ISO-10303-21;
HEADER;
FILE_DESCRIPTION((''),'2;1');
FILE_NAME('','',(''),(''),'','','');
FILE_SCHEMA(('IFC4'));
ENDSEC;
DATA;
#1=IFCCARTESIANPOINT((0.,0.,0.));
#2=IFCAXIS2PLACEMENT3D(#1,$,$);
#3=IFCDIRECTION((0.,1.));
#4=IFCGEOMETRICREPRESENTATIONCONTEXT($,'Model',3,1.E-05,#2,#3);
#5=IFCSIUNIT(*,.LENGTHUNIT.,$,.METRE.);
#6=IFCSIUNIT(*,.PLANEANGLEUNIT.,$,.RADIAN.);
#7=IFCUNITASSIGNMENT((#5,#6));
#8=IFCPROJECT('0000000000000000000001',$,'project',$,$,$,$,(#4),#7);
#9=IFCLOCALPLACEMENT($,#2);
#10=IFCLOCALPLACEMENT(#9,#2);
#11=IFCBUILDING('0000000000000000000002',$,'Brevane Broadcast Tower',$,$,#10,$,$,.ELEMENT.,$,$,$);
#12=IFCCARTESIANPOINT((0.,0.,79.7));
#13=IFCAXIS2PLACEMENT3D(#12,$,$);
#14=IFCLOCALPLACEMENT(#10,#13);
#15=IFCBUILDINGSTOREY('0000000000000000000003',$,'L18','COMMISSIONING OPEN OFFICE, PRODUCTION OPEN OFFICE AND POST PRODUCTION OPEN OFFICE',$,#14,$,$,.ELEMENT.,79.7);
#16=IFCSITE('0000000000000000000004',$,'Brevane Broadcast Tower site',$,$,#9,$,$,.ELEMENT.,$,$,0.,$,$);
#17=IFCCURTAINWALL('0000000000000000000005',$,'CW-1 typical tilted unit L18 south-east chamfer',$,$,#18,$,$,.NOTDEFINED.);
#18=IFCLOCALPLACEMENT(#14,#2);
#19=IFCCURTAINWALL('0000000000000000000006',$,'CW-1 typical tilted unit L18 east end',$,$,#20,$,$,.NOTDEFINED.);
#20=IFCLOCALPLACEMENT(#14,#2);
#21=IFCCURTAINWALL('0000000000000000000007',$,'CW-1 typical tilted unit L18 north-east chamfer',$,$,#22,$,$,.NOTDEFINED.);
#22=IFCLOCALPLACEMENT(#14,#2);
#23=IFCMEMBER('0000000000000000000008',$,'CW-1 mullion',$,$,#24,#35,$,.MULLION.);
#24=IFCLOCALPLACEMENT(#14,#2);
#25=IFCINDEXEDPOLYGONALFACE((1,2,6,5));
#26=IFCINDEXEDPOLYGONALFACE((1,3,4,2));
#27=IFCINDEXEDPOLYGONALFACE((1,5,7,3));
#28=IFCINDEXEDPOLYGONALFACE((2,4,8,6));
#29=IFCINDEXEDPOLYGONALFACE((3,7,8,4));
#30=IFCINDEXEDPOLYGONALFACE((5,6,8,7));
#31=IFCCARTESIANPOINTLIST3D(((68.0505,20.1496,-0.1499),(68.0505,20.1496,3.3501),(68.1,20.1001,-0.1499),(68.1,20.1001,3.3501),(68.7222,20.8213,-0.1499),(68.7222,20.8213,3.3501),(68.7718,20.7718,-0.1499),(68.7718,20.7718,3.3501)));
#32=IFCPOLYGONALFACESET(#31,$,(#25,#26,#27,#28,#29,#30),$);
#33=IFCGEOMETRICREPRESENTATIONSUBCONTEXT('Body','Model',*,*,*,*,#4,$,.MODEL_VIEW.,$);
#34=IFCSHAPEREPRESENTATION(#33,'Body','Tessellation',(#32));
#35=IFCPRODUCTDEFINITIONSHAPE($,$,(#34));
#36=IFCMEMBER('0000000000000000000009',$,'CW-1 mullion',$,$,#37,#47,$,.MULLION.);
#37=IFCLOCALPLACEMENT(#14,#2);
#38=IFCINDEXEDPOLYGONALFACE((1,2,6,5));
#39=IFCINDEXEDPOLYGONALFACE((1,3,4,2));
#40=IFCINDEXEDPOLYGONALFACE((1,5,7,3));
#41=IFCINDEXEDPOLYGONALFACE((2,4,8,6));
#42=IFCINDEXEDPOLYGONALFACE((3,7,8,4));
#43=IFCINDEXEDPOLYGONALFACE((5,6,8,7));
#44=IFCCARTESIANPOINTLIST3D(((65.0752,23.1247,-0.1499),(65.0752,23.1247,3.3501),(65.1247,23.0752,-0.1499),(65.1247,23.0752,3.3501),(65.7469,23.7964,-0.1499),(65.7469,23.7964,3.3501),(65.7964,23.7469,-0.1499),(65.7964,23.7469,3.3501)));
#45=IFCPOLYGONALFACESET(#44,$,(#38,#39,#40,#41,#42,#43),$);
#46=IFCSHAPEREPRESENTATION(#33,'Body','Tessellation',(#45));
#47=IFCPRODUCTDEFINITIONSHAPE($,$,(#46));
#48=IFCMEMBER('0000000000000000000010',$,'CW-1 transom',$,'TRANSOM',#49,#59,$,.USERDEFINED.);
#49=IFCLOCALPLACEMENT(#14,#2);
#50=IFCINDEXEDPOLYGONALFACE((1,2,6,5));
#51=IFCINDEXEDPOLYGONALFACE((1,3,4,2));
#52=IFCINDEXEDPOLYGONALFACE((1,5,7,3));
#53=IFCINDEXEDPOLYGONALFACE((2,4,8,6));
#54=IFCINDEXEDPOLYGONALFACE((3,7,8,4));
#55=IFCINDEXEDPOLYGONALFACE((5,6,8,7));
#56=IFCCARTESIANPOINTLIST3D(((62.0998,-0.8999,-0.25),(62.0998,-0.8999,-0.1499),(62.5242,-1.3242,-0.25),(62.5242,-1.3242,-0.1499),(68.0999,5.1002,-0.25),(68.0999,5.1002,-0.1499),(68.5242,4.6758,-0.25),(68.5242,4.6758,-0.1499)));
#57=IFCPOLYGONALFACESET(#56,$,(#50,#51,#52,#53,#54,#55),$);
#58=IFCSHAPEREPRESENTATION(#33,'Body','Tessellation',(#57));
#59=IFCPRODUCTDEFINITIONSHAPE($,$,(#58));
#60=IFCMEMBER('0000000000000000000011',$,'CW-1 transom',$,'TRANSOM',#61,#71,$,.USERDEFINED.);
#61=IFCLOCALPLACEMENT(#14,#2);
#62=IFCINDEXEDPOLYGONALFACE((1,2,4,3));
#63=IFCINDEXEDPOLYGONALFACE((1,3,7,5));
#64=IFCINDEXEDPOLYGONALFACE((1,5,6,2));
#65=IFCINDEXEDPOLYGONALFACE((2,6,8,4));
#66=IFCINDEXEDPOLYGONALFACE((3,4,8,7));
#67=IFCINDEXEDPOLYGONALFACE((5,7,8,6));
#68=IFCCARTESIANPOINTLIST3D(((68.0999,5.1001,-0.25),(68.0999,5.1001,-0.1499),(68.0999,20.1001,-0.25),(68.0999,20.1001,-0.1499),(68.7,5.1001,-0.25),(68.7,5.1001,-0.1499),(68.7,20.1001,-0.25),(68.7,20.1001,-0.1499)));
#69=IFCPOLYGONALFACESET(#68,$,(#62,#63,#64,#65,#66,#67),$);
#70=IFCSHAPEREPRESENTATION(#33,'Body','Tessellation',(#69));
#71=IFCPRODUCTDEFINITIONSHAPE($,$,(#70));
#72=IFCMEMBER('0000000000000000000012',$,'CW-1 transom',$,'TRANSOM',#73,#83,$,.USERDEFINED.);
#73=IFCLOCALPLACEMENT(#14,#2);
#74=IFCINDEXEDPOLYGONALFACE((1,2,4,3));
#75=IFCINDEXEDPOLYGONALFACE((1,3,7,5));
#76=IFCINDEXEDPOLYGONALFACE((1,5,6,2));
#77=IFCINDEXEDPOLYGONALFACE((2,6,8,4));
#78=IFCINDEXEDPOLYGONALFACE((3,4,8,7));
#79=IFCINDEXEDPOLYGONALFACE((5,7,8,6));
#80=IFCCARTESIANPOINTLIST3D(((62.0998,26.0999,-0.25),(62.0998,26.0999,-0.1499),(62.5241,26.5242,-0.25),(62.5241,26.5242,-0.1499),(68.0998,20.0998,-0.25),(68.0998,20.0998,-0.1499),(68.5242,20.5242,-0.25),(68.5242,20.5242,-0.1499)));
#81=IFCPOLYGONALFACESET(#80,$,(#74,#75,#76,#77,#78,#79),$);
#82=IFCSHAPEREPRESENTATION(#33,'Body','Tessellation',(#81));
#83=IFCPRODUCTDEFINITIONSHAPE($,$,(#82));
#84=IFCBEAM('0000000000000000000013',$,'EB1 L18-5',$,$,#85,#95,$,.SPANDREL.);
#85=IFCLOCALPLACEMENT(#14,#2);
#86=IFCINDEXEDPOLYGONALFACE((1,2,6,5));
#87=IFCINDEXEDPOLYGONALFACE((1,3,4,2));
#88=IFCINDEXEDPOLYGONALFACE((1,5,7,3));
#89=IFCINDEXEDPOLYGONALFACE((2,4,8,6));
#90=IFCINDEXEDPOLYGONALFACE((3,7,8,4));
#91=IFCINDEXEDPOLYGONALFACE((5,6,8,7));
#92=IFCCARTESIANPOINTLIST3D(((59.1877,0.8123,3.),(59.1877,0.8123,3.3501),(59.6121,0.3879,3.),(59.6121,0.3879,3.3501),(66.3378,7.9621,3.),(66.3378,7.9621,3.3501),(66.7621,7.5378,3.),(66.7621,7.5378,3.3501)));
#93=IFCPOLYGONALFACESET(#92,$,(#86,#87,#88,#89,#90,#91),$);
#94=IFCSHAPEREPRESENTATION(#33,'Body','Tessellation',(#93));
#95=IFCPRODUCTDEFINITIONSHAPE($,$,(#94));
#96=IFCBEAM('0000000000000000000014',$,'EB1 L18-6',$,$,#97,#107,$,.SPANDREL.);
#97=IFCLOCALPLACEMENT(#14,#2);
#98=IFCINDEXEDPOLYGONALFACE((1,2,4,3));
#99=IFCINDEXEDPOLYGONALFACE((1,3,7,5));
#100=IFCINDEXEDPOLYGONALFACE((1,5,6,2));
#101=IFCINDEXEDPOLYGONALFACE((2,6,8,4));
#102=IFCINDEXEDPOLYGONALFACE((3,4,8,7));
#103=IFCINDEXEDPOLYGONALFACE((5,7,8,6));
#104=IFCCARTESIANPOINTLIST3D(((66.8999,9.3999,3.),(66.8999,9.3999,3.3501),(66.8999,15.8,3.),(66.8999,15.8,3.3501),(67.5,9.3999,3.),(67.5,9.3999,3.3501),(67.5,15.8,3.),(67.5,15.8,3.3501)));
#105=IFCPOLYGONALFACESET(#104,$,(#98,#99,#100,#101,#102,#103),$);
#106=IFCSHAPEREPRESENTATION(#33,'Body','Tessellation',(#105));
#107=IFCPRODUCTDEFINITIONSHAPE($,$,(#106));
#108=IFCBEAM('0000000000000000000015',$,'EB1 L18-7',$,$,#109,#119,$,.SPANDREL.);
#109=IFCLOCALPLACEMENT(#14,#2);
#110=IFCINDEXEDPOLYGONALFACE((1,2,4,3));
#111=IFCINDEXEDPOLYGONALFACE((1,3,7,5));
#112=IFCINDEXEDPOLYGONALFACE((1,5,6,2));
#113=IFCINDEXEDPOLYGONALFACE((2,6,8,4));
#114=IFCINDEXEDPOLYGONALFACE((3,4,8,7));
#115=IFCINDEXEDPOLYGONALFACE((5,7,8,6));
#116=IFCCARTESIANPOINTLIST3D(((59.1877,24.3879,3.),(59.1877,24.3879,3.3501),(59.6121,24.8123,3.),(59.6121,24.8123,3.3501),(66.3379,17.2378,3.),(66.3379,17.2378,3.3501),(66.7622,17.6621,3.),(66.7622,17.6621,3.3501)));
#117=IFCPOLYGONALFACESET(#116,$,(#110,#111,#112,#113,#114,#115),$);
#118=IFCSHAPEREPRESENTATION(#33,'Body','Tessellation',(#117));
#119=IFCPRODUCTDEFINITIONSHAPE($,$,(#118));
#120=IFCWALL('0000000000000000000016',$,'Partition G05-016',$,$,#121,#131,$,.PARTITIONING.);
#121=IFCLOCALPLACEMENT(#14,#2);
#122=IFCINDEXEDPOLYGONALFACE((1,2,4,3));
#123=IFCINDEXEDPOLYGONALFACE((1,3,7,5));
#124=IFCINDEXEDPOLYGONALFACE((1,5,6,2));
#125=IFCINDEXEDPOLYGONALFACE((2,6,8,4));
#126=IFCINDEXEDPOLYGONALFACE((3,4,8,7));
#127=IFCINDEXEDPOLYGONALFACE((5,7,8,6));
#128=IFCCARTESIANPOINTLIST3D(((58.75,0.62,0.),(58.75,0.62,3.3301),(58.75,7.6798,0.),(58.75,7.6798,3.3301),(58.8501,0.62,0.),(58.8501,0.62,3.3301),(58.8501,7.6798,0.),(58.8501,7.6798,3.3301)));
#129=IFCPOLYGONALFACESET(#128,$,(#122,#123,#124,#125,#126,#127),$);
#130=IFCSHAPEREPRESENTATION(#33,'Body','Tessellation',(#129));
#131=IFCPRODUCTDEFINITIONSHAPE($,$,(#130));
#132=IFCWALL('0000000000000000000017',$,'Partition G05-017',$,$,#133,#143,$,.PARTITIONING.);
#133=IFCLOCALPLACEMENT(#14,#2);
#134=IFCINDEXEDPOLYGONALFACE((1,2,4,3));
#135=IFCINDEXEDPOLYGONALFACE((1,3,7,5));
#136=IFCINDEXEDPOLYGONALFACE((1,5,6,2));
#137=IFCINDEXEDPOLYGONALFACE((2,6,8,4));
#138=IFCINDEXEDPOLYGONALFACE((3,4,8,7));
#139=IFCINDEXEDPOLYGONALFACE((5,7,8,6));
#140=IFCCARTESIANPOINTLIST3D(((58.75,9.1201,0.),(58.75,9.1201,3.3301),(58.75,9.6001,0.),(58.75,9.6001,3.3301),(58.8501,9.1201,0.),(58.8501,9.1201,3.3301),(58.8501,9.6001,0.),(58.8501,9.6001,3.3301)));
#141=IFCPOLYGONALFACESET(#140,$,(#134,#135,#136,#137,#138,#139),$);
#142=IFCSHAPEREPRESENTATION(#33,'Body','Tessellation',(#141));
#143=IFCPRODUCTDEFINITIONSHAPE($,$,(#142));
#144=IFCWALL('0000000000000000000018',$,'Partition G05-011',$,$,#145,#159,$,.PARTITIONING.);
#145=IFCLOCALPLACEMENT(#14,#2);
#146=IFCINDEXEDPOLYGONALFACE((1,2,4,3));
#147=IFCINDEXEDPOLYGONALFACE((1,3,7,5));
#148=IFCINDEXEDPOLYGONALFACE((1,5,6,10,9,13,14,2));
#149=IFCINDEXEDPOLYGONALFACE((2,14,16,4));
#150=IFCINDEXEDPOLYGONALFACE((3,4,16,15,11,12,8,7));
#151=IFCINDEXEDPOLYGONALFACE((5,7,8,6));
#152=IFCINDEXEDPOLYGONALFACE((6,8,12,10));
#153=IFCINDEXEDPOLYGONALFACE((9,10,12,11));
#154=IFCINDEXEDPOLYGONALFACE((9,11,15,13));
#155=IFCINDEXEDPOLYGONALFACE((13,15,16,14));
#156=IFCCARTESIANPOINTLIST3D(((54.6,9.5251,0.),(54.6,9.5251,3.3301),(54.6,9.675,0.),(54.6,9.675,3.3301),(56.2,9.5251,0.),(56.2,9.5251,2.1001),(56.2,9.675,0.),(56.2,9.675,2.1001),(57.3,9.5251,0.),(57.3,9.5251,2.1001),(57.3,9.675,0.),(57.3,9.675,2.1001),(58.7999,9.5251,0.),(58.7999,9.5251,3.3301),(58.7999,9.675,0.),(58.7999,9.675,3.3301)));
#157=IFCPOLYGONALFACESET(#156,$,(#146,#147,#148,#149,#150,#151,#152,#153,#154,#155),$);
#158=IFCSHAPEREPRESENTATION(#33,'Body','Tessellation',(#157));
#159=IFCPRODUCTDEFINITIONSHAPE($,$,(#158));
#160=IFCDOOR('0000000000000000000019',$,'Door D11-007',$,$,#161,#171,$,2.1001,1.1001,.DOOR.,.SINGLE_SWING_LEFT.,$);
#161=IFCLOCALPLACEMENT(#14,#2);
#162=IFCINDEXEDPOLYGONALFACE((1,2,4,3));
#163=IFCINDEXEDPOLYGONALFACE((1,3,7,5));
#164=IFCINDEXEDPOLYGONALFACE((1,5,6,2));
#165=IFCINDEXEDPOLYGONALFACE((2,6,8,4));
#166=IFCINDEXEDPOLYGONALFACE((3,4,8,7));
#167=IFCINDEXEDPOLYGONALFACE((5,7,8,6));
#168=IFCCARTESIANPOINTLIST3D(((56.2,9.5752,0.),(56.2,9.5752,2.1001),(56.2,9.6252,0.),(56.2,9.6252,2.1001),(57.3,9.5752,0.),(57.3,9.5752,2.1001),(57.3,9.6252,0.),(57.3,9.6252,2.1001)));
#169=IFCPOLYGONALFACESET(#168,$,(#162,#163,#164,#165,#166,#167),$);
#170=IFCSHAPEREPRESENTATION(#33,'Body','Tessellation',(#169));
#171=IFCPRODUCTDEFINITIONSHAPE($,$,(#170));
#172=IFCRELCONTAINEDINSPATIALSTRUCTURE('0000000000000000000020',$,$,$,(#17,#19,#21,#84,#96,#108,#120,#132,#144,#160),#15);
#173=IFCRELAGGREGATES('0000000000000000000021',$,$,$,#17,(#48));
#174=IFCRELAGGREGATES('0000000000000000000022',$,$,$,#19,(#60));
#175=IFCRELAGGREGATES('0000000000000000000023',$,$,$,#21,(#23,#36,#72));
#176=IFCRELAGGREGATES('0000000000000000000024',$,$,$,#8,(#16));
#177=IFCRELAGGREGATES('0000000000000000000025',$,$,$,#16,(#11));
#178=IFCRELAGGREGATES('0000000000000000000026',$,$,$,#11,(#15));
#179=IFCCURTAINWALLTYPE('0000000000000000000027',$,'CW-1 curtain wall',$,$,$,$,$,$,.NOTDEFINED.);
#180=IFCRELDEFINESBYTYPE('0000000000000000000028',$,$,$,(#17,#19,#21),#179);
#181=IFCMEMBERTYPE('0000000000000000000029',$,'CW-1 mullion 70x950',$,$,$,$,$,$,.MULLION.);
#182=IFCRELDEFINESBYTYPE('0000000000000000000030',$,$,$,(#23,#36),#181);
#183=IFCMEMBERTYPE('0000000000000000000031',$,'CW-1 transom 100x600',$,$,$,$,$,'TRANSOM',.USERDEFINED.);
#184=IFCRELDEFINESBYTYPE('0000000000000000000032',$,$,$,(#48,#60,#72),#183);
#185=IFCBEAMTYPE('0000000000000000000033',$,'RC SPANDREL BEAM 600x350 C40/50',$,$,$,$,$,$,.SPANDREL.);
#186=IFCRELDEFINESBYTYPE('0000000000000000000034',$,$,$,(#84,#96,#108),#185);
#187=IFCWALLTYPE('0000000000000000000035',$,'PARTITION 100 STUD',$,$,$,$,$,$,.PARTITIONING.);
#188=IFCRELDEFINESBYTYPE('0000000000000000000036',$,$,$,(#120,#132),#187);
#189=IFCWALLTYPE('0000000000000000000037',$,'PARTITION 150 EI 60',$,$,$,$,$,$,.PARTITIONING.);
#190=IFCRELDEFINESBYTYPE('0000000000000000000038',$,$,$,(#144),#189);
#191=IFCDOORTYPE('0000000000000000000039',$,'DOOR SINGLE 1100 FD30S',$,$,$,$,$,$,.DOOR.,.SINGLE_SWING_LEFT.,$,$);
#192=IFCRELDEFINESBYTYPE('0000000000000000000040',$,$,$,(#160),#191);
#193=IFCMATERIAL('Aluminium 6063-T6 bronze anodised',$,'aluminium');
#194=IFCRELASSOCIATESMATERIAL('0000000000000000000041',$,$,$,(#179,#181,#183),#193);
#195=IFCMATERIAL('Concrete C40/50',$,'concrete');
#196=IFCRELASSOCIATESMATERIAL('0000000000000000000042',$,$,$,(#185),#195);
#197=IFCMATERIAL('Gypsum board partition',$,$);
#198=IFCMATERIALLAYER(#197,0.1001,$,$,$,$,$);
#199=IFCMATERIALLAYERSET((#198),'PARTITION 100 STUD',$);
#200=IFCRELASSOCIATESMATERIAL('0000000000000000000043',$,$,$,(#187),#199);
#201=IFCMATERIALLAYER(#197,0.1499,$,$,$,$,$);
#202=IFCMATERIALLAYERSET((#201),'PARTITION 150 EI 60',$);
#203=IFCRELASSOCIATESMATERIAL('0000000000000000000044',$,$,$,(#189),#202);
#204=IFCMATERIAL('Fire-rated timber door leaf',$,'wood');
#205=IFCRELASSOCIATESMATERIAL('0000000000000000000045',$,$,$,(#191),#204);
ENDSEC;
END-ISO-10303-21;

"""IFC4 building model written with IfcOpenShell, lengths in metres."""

from ifc_helpers import new_model, si_unit, direction, frame, frame_2d, origin, origin_2d, place, context, subcontext, project, spatial, rectangle, extrude, material, layer, layer_set, material_profile, profile_set, type_object, element, fill, aggregate, save


model = new_model("IFC4")

# Units and contexts
model_context = context("Model", 3, precision=1e-05, world=origin(), true_north=direction((0.0, 1.0)))
body_context = subcontext(model_context, "Body", "Model", "MODEL_VIEW")
ifc_project = project(units=[si_unit("LENGTHUNIT", "METRE"), si_unit("PLANEANGLEUNIT", "RADIAN")], contexts=[model_context])

# Site, building, storey
site_placement = place(None, origin())
site = spatial("IfcSite", under=ifc_project, at=site_placement, Name="Brevane Broadcast Tower site", CompositionType="ELEMENT", RefElevation=0.0)
building_placement = place(site_placement, origin())
building = spatial("IfcBuilding", under=site, at=building_placement, Name="Brevane Broadcast Tower", CompositionType="ELEMENT")
storey_placement = place(building_placement, frame((0.0, 0.0, 79.7)))
storey = spatial("IfcBuildingStorey", under=building, at=storey_placement, Name="L18", Description="COMMISSIONING OPEN OFFICE, PRODUCTION OPEN OFFICE AND POST PRODUCTION OPEN OFFICE", CompositionType="ELEMENT", Elevation=79.7)

# Curtain walls, members
ifc_material_1 = material(Name="Aluminium 6063-T6 bronze anodised", Category="aluminium")
curtain_wall_type = type_object("IfcCurtainWallType", Name="CW-1 curtain wall", PredefinedType="NOTDEFINED", material=ifc_material_1)
ifc_material_profile_1 = material_profile(ifc_material_1, rectangle(XDim=0.95, YDim=0.0701, at=origin_2d()), Name="RECT 70x950")
ifc_profile_set_1 = profile_set([ifc_material_profile_1], Name="Aluminium 6063-T6 bronze anodised")
member_type_1 = type_object("IfcMemberType", Name="CW-1 mullion 70x950", PredefinedType="MULLION", material=ifc_profile_set_1)
curtain_wall_1_placement = place(storey_placement, origin())
curtain_wall_1 = element("IfcCurtainWall", 1, at=curtain_wall_1_placement, inside=storey, type_object=curtain_wall_type, Name="CW-1 typical tilted unit L18 south-east chamfer", PredefinedType="NOTDEFINED")
curtain_wall_2_placement = place(storey_placement, origin())
curtain_wall_2 = element("IfcCurtainWall", 2, at=curtain_wall_2_placement, inside=storey, type_object=curtain_wall_type, Name="CW-1 typical tilted unit L18 east end", PredefinedType="NOTDEFINED")
curtain_wall_3_placement = place(storey_placement, origin())
curtain_wall_3 = element("IfcCurtainWall", 3, at=curtain_wall_3_placement, inside=storey, type_object=curtain_wall_type, Name="CW-1 typical tilted unit L18 north-east chamfer", PredefinedType="NOTDEFINED")
member_1_placement = place(storey_placement, frame((68.4111, 20.4607, -0.1499), z_axis=(0.0, 0.0, 1.0), x_axis=(-0.707107, -0.707107, 0.0)))
member_1 = element("IfcMember", 4, at=member_1_placement, type_object=member_type_1, Name="CW-1 mullion", PredefinedType="MULLION", context=body_context, shape_type="SweptSolid", body=[
    extrude(rectangle(XDim=0.95, YDim=0.0701, at=origin_2d()), origin(), (0.0, 0.0, 1.0), 3.5),
])
member_2_placement = place(storey_placement, frame((65.4358, 23.4358, -0.1499), z_axis=(0.0, 0.0, 1.0), x_axis=(-0.707107, -0.707107, 0.0)))
member_2 = element("IfcMember", 5, at=member_2_placement, type_object=member_type_1, Name="CW-1 mullion", PredefinedType="MULLION", context=body_context, shape_type="SweptSolid", body=[
    extrude(rectangle(XDim=0.95, YDim=0.0701, at=origin_2d()), origin(), (0.0, 0.0, 1.0), 3.5),
])

# Members
ifc_material_profile_2 = material_profile(ifc_material_1, rectangle(XDim=0.6001, YDim=0.1001, at=origin_2d()), Name="RECT 100x600")
ifc_profile_set_2 = profile_set([ifc_material_profile_2], Name="Aluminium 6063-T6 bronze anodised")
member_type_2 = type_object("IfcMemberType", Name="CW-1 transom 100x600", ElementType="TRANSOM", PredefinedType="USERDEFINED", material=ifc_profile_set_2)
member_3_placement = place(storey_placement, frame((62.312, -1.1121, -0.2), z_axis=(0.707107, 0.707107, 0.0), x_axis=(-0.707107, 0.707107, 0.0)))
member_3 = element("IfcMember", 6, at=member_3_placement, type_object=member_type_2, Name="CW-1 transom", ObjectType="TRANSOM", PredefinedType="USERDEFINED", context=body_context, shape_type="SweptSolid", body=[
    extrude(rectangle(XDim=0.6001, YDim=0.1001, at=origin_2d()), origin(), (0.0, 0.0, 1.0), 8.4854),
])
aggregate(curtain_wall_1, [member_3])
member_4_placement = place(storey_placement, frame((68.3999, 5.1001, -0.2), z_axis=(0.0, 1.0, 0.0), x_axis=(-1.0, 0.0, 0.0)))
member_4 = element("IfcMember", 7, at=member_4_placement, type_object=member_type_2, Name="CW-1 transom", ObjectType="TRANSOM", PredefinedType="USERDEFINED", context=body_context, shape_type="SweptSolid", body=[
    extrude(rectangle(XDim=0.6001, YDim=0.1001, at=origin_2d()), origin(), (0.0, 0.0, 1.0), 15.0),
])
aggregate(curtain_wall_2, [member_4])
member_5_placement = place(storey_placement, frame((68.312, 20.312, -0.2), z_axis=(-0.707107, 0.707107, 0.0), x_axis=(-0.707107, -0.707107, 0.0)))
member_5 = element("IfcMember", 8, at=member_5_placement, type_object=member_type_2, Name="CW-1 transom", ObjectType="TRANSOM", PredefinedType="USERDEFINED", context=body_context, shape_type="SweptSolid", body=[
    extrude(rectangle(XDim=0.6001, YDim=0.1001, at=origin_2d()), origin(), (0.0, 0.0, 1.0), 8.4854),
])
aggregate(curtain_wall_3, [member_1, member_2, member_5])

# Beams
ifc_material_2 = material(Name="Concrete C40/50", Category="concrete")
ifc_material_profile_3 = material_profile(ifc_material_2, rectangle(XDim=0.6001, YDim=0.3501, at=origin_2d()), Name="RC 600x350")
ifc_profile_set_3 = profile_set([ifc_material_profile_3], Name="Concrete C40/50")
beam_type = type_object("IfcBeamType", Name="RC SPANDREL BEAM 600x350 C40/50", PredefinedType="SPANDREL", material=ifc_profile_set_3)
beam_1_placement = place(storey_placement, frame((59.3999, 0.6001, 3.175), z_axis=(0.707119, 0.707095, 0.0), x_axis=(-0.707095, 0.707119, 0.0)))
element("IfcBeam", 9, at=beam_1_placement, inside=storey, type_object=beam_type, Name="EB1 L18-5", PredefinedType="SPANDREL", context=body_context, shape_type="SweptSolid", body=[
    extrude(rectangle(XDim=0.6001, YDim=0.3501, at=origin_2d()), origin(), (0.0, 0.0, 1.0), 10.1116),
])
beam_2_placement = place(storey_placement, frame((67.2, 9.3999, 3.175), z_axis=(0.0, 1.0, 0.0), x_axis=(-1.0, 0.0, 0.0)))
element("IfcBeam", 10, at=beam_2_placement, inside=storey, type_object=beam_type, Name="EB1 L18-6", PredefinedType="SPANDREL", context=body_context, shape_type="SweptSolid", body=[
    extrude(rectangle(XDim=0.6001, YDim=0.3501, at=origin_2d()), origin(), (0.0, 0.0, 1.0), 6.4001),
])
beam_3_placement = place(storey_placement, frame((66.55, 17.45, 3.175), z_axis=(-0.707107, 0.707107, 0.0), x_axis=(-0.707107, -0.707107, 0.0)))
element("IfcBeam", 11, at=beam_3_placement, inside=storey, type_object=beam_type, Name="EB1 L18-7", PredefinedType="SPANDREL", context=body_context, shape_type="SweptSolid", body=[
    extrude(rectangle(XDim=0.6001, YDim=0.3501, at=origin_2d()), origin(), (0.0, 0.0, 1.0), 10.1118),
])

# Walls
ifc_material_3 = material(Name="Gypsum board partition")
ifc_layer_1 = layer(ifc_material_3, 0.1001)
ifc_layer_set_1 = layer_set([ifc_layer_1], Name="PARTITION 100 STUD")
wall_type_1 = type_object("IfcWallType", Name="PARTITION 100 STUD", PredefinedType="PARTITIONING", material=ifc_layer_set_1)
wall_1_placement = place(storey_placement, frame((58.8, 0.6201, 0.0), z_axis=(0.0, 0.0, 1.0), x_axis=(0.0, 1.0, 0.0)))
element("IfcWall", 12, at=wall_1_placement, inside=storey, type_object=wall_type_1, Name="Partition G05-016", PredefinedType="PARTITIONING", context=body_context, shape_type="SweptSolid", body=[
    extrude(rectangle(XDim=7.0598, YDim=0.1001, at=frame_2d((3.5298, 0.0))), origin(), (0.0, 0.0, 1.0), 3.3301),
])
wall_2_placement = place(storey_placement, frame((58.8, 9.1201, 0.0), z_axis=(0.0, 0.0, 1.0), x_axis=(0.0, 1.0, 0.0)))
element("IfcWall", 13, at=wall_2_placement, inside=storey, type_object=wall_type_1, Name="Partition G05-017", PredefinedType="PARTITIONING", context=body_context, shape_type="SweptSolid", body=[
    extrude(rectangle(XDim=0.48, YDim=0.1001, at=frame_2d((0.24, 0.0))), origin(), (0.0, 0.0, 1.0), 3.3301),
])

# Wall, opening, door
ifc_layer_2 = layer(ifc_material_3, 0.1499)
ifc_layer_set_2 = layer_set([ifc_layer_2], Name="PARTITION 150 EI 60")
wall_type_2 = type_object("IfcWallType", Name="PARTITION 150 EI 60", PredefinedType="PARTITIONING", material=ifc_layer_set_2)
ifc_material_4 = material(Name="Fire-rated timber door leaf", Category="wood")
wall_3_placement = place(storey_placement, frame((58.8, 9.6001, 0.0), z_axis=(0.0, 0.0, 1.0), x_axis=(-1.0, 0.0, 0.0)))
wall_3 = element("IfcWall", 14, at=wall_3_placement, inside=storey, type_object=wall_type_2, Name="Partition G05-011", PredefinedType="PARTITIONING", context=body_context, shape_type="SweptSolid", body=[
    extrude(rectangle(XDim=4.2, YDim=0.1499, at=frame_2d((2.1001, 0.0))), origin(), (0.0, 0.0, 1.0), 3.3301),
])
opening_1_placement = place(wall_3_placement, frame((1.5, 0.0, 0.0)))
opening_1 = element("IfcOpeningElement", 15, at=opening_1_placement, cuts=wall_3, PredefinedType="OPENING", context=body_context, shape_type="SweptSolid", body=[
    extrude(rectangle(XDim=1.1001, YDim=2.1001, at=frame_2d((0.55, 1.05))), frame((0.0, 0.085, 0.0), z_axis=(0.0, -1.0, 0.0), x_axis=(1.0, 0.0, 0.0)), (0.0, 0.0, 1.0), 0.1699),
])
door_type_1 = type_object("IfcDoorType", Name="DOOR SINGLE 1100 FD30S", OperationType="SINGLE_SWING_LEFT", PredefinedType="DOOR", material=ifc_material_4)
door_1_placement = place(opening_1_placement, origin())
door_1 = element("IfcDoor", 16, at=door_1_placement, inside=storey, type_object=door_type_1, Name="Door D11-007", OperationType="SINGLE_SWING_LEFT", OverallHeight=2.1001, OverallWidth=1.1001, PredefinedType="DOOR", context=body_context, shape_type="SweptSolid", body=[
    extrude(rectangle(XDim=1.1001, YDim=2.1001, at=frame_2d((0.55, 1.05))), frame((0.0, 0.0249, 0.0), z_axis=(0.0, -1.0, 0.0), x_axis=(1.0, 0.0, 0.0)), (0.0, 0.0, 1.0), 0.05),
])
fill(opening_1, door_1)

save(model, "model.ifc")
